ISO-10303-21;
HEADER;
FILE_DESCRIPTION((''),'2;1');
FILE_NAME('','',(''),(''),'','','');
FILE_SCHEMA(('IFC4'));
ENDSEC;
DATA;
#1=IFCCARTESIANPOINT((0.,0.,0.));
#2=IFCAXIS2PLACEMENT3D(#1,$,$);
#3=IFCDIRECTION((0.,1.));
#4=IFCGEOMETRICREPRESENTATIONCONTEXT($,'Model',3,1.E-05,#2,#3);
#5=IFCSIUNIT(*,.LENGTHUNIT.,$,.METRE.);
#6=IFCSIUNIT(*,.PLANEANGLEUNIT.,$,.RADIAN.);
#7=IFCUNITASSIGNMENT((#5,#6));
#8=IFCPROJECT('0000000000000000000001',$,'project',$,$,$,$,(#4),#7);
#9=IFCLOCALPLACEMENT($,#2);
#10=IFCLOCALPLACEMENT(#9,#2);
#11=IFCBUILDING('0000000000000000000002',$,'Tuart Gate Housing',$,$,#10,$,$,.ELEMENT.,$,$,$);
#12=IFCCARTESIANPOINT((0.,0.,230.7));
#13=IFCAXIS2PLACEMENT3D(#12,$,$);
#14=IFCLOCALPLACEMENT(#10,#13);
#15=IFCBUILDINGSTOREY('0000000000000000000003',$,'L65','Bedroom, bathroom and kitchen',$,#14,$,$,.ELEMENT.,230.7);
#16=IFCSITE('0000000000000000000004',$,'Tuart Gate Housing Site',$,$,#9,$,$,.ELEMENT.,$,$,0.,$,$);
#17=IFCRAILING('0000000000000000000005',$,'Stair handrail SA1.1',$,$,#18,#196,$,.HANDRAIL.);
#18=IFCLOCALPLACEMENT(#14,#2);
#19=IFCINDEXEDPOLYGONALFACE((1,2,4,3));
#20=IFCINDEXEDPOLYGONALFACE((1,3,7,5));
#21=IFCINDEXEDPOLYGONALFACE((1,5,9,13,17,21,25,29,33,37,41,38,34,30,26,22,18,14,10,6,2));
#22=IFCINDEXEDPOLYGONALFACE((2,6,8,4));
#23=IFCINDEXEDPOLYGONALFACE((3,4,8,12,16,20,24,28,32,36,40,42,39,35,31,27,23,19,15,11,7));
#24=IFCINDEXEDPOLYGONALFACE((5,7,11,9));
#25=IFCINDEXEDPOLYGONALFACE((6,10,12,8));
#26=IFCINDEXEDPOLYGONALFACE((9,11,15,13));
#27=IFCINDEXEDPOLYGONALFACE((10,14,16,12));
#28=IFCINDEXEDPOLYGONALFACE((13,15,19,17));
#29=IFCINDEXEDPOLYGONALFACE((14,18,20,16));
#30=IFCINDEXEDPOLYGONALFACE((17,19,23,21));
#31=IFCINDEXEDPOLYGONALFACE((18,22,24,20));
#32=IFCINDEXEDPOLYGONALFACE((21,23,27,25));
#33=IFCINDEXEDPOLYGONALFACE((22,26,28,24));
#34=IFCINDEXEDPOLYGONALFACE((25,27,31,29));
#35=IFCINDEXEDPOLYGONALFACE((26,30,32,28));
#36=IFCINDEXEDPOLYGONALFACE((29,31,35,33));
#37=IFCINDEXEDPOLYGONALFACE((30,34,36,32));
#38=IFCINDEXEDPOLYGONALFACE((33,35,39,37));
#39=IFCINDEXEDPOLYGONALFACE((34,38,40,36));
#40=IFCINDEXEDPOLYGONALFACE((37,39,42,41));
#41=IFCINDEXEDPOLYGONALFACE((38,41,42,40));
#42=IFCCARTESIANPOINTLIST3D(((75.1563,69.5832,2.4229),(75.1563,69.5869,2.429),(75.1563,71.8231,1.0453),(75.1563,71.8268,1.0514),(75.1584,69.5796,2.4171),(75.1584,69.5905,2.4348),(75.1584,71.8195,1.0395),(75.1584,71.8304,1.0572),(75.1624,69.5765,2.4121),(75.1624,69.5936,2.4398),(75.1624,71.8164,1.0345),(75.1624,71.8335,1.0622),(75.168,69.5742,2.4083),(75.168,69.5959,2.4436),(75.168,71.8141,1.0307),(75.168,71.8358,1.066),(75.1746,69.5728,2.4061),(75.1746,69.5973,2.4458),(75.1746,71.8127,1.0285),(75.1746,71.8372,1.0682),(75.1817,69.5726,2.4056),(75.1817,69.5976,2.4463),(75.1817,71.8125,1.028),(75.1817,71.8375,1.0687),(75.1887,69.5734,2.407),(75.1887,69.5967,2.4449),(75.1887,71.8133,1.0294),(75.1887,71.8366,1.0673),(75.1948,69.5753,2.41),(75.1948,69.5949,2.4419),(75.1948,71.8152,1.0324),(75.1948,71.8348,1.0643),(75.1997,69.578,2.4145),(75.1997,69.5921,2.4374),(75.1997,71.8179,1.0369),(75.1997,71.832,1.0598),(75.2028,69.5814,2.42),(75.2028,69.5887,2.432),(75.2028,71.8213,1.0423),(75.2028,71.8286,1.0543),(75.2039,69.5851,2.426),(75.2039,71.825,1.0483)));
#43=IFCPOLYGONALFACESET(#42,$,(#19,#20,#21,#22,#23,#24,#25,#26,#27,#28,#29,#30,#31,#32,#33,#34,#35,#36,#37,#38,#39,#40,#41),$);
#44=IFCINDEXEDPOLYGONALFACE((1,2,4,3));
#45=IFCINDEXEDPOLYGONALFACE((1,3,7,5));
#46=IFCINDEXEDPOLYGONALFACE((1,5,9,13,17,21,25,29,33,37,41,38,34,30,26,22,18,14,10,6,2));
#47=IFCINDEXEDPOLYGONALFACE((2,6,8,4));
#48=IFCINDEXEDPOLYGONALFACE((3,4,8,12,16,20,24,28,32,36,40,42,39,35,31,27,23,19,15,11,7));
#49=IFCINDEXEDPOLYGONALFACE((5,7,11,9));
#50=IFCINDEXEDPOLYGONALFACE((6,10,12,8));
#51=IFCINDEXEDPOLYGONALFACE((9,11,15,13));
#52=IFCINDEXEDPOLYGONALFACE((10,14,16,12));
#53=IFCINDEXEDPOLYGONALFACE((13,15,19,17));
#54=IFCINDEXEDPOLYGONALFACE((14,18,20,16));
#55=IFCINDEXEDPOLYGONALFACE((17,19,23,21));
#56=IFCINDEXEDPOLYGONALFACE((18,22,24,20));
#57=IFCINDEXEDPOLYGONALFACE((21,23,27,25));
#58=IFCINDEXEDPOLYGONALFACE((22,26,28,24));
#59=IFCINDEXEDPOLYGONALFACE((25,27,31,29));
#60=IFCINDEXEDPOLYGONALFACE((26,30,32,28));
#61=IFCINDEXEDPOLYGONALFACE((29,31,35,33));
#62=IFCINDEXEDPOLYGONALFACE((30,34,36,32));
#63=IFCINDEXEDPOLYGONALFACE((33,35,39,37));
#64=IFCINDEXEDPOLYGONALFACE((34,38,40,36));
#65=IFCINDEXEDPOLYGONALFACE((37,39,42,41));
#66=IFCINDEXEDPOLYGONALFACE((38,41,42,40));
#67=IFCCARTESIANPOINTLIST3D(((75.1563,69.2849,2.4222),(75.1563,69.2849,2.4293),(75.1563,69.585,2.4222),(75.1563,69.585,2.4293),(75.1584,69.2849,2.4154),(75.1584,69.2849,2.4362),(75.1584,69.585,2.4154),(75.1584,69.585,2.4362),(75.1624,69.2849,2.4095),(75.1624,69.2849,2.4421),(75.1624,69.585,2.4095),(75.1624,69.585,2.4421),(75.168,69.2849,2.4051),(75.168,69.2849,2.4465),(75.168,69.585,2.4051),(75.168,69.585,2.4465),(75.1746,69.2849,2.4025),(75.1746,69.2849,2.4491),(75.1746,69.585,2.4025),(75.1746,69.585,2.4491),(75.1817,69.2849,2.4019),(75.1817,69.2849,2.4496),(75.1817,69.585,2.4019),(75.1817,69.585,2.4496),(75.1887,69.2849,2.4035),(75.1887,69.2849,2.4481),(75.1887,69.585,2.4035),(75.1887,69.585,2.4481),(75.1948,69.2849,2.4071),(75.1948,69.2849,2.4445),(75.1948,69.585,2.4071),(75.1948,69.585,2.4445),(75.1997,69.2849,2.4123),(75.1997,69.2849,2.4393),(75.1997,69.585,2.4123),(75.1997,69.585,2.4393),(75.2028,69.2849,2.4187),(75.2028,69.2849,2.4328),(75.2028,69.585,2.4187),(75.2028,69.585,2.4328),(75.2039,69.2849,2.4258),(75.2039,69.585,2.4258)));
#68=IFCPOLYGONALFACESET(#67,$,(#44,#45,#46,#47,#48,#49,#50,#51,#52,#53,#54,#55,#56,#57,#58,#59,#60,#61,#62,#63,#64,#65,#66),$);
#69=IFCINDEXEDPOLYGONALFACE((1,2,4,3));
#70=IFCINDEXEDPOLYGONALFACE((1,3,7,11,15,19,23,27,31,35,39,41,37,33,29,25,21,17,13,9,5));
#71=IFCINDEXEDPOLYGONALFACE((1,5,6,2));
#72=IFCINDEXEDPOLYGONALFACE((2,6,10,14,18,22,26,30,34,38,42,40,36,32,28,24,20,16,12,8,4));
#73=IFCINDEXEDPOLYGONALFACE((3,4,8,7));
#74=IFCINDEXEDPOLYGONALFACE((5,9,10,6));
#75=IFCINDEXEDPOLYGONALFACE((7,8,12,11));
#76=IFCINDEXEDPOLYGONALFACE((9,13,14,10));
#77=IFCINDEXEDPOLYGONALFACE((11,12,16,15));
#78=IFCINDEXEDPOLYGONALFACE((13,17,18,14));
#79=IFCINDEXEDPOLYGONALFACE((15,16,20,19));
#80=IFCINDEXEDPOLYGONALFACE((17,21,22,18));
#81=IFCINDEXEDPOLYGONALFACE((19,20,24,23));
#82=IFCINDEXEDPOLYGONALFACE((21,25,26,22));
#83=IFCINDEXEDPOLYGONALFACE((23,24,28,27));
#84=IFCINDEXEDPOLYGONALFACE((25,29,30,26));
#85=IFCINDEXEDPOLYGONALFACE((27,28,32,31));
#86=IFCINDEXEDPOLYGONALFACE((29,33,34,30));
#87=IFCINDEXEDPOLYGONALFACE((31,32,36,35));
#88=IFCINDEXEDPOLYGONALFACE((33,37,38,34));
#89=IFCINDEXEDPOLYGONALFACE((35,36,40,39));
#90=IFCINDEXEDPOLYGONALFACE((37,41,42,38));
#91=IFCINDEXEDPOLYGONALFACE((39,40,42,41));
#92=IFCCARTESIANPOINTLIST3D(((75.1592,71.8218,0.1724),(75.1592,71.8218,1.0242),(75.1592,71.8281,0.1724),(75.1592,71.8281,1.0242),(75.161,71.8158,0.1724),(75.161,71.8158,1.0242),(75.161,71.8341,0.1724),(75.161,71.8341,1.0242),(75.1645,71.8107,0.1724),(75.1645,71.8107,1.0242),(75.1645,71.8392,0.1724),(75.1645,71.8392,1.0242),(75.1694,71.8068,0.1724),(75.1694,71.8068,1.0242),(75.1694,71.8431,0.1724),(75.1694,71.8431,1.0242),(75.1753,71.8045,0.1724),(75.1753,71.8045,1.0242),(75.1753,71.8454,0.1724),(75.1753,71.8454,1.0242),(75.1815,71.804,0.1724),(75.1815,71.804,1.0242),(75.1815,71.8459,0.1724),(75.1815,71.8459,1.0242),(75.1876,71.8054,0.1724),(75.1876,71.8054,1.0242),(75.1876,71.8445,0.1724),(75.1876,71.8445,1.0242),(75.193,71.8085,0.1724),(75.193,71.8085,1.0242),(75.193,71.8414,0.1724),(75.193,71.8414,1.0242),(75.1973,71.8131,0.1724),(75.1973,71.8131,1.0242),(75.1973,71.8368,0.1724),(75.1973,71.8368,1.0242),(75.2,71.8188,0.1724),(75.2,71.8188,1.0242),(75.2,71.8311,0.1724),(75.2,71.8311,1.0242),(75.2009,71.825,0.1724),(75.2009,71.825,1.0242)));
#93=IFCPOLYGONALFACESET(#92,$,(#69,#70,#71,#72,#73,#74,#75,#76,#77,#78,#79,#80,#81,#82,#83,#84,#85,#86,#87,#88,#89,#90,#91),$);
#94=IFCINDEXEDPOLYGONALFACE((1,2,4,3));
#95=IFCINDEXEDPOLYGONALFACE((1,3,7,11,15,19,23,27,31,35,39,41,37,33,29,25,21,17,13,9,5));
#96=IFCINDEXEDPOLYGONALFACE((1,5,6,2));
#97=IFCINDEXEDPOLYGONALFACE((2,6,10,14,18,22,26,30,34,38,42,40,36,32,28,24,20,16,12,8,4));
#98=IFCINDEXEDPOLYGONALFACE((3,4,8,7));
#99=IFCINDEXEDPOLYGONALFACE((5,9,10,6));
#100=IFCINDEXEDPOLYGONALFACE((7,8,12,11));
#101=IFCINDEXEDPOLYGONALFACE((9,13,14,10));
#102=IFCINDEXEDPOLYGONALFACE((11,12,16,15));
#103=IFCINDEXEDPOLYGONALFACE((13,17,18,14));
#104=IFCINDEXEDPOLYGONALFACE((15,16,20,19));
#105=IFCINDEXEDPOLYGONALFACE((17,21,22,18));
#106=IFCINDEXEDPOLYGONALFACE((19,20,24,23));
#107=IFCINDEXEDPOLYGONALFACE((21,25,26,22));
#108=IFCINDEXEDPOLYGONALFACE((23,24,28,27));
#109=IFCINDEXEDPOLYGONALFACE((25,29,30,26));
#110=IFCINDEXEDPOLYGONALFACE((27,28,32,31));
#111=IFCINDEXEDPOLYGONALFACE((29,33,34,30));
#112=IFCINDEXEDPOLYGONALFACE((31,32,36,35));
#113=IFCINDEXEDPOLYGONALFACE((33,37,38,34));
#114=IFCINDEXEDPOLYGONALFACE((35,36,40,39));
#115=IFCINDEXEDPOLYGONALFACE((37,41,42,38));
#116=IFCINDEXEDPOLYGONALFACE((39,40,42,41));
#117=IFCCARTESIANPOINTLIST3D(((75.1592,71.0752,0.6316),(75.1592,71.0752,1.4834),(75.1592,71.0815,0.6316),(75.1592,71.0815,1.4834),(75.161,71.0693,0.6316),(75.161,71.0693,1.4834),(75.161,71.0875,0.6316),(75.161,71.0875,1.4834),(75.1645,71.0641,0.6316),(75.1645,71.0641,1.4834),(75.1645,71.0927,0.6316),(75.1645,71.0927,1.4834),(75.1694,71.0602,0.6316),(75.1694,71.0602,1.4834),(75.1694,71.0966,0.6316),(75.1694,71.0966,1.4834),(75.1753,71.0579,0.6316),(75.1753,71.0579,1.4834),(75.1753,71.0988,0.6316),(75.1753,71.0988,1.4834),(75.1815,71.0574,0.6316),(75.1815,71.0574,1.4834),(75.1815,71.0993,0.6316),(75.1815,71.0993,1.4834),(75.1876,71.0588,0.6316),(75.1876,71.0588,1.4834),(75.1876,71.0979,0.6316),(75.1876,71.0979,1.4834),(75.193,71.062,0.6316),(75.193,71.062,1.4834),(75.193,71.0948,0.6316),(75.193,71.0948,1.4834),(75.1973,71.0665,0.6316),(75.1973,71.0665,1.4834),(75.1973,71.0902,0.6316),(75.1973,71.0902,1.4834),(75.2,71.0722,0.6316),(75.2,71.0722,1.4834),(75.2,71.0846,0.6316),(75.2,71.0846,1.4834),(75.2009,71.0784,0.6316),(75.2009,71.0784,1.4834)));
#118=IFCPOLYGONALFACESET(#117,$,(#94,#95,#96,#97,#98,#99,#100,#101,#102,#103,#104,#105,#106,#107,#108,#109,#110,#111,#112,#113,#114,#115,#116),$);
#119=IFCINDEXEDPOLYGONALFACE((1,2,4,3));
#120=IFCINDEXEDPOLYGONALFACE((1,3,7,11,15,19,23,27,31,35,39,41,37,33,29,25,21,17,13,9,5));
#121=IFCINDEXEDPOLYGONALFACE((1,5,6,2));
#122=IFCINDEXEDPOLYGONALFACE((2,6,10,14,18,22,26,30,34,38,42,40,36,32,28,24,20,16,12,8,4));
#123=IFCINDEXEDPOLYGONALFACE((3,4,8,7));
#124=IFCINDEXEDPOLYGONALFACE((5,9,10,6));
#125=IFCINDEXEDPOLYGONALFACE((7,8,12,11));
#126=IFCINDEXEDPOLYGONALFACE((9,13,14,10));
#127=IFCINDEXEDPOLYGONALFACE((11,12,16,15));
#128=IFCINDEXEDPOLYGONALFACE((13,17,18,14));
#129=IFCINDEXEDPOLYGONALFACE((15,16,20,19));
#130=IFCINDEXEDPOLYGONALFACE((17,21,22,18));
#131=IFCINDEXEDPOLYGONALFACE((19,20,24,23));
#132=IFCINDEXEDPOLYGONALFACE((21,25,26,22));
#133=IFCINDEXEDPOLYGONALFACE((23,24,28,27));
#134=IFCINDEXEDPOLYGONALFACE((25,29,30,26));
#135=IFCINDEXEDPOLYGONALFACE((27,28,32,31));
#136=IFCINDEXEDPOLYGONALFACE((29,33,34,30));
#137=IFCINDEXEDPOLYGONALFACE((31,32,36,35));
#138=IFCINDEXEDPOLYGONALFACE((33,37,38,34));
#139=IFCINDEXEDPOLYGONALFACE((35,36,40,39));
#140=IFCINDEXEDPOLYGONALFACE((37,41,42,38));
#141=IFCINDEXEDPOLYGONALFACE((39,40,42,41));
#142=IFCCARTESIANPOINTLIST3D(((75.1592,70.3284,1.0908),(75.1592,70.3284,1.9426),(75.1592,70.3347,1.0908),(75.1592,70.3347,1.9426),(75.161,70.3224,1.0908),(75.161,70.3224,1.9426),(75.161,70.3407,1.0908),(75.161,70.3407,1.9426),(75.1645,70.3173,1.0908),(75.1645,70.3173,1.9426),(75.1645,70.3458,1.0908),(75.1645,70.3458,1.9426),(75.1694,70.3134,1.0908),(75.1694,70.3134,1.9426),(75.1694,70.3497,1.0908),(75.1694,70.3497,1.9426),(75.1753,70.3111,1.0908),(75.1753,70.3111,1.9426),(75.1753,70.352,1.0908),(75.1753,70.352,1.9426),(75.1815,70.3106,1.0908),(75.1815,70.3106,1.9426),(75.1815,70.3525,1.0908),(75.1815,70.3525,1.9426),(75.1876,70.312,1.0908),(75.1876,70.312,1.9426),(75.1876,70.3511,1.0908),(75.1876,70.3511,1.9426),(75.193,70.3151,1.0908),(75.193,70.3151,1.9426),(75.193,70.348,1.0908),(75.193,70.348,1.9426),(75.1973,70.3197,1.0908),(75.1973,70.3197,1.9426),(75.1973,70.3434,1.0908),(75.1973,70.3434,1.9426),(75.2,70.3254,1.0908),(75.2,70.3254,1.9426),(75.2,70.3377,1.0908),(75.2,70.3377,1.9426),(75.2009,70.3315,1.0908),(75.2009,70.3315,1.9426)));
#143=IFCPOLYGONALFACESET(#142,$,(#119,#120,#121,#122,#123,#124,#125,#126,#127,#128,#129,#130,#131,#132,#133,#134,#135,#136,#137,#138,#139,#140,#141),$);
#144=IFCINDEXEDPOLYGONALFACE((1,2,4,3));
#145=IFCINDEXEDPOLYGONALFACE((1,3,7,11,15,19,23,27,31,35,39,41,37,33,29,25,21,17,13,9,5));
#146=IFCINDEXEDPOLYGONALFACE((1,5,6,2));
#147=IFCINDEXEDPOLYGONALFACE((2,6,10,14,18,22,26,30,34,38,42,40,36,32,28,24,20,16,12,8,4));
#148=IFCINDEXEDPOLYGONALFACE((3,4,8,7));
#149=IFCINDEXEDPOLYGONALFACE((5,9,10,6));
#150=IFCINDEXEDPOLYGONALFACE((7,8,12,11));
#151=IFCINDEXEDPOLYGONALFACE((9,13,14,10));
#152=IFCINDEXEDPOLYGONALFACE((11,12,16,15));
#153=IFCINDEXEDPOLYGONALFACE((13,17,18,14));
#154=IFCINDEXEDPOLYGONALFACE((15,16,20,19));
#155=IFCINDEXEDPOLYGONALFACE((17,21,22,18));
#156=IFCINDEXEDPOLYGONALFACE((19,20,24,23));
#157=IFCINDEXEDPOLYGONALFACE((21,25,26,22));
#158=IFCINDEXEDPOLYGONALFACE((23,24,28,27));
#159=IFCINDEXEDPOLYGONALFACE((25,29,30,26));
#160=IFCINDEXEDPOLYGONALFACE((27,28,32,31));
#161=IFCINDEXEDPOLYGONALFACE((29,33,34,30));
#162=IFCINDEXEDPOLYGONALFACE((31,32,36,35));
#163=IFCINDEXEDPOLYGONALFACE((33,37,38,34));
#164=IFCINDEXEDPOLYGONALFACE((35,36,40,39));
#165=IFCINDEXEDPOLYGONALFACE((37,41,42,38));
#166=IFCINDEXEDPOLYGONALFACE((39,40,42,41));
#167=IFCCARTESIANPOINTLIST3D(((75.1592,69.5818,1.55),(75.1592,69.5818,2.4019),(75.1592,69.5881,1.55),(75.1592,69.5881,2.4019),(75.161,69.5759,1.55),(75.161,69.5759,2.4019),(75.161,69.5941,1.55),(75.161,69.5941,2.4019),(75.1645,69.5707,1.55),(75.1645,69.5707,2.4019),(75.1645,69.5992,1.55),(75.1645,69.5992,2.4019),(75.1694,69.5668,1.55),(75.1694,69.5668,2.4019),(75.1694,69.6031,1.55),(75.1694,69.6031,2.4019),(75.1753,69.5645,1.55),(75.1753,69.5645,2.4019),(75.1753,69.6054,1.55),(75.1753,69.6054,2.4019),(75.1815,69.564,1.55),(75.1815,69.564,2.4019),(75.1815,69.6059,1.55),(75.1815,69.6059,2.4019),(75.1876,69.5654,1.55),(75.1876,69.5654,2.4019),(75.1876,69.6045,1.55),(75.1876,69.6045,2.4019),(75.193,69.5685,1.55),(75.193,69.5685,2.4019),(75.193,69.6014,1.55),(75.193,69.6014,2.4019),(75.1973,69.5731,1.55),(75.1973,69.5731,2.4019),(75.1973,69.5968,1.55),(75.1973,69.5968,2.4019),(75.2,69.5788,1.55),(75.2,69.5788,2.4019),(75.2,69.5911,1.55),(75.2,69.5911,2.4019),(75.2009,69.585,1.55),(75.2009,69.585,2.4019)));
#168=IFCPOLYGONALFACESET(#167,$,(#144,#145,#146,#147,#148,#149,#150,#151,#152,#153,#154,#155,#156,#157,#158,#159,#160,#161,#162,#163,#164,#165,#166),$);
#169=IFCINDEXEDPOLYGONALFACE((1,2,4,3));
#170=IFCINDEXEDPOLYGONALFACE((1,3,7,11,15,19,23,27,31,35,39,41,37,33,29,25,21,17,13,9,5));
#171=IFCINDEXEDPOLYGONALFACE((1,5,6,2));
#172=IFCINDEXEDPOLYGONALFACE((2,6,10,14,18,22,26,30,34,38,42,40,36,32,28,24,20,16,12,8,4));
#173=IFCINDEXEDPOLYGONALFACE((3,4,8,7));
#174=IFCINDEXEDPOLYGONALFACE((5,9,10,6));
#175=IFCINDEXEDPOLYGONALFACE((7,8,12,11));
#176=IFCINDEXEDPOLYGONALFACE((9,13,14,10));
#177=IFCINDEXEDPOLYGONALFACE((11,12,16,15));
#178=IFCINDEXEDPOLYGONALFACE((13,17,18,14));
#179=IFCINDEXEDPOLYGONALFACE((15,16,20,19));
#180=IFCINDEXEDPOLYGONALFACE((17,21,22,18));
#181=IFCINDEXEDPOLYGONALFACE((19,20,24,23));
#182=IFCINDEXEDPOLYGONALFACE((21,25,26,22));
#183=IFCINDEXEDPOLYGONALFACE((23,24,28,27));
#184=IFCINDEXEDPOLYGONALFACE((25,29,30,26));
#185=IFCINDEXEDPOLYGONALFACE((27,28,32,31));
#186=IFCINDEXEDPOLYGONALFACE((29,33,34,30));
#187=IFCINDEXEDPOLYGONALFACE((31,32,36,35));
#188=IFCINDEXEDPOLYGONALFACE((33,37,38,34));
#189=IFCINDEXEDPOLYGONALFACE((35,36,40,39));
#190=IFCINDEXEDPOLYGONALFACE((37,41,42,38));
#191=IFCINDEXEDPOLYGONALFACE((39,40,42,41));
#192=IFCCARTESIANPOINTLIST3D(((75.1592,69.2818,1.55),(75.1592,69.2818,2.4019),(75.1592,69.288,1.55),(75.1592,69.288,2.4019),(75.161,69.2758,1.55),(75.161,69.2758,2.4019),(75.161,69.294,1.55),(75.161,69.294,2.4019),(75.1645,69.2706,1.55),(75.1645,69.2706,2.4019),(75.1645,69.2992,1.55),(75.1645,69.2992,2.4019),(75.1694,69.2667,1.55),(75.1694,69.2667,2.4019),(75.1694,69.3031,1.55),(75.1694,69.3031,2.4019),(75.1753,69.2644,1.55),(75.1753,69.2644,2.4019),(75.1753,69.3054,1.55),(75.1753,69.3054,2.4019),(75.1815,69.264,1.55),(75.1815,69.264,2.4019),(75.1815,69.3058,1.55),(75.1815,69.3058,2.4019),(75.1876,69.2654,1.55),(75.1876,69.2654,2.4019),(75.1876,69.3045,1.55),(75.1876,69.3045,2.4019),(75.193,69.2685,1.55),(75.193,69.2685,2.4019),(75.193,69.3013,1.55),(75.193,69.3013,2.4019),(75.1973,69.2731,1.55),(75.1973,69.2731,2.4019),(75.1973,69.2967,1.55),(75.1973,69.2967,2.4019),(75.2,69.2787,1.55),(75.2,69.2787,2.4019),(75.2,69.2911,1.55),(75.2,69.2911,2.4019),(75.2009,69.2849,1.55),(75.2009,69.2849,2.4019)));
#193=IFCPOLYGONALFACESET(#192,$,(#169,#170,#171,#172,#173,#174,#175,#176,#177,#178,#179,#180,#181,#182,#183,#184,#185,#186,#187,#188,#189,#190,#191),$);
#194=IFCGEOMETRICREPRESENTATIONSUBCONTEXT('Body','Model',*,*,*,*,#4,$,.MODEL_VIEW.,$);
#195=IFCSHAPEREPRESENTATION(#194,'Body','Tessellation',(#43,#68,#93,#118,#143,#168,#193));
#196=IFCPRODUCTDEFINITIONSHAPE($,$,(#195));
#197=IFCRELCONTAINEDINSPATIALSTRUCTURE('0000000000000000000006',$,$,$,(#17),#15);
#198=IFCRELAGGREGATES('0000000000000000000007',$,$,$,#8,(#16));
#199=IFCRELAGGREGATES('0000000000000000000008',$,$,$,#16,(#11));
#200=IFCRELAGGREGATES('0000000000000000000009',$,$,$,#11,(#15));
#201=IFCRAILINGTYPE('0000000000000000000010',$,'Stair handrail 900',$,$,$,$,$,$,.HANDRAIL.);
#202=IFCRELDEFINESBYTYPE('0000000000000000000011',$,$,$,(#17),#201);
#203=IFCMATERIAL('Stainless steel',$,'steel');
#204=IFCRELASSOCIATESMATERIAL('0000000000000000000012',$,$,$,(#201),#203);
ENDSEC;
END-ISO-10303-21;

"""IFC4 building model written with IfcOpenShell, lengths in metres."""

from ifc_helpers import new_model, si_unit, direction, frame, origin, origin_2d, place, context, subcontext, project, spatial, circle, extrude, material, type_object, element, save


model = new_model("IFC4")

# Units and contexts
model_context = context("Model", 3, precision=1e-05, world=origin(), true_north=direction((0.0, 1.0)))
body_context = subcontext(model_context, "Body", "Model", "MODEL_VIEW")
ifc_project = project(units=[si_unit("LENGTHUNIT", "METRE"), si_unit("PLANEANGLEUNIT", "RADIAN")], contexts=[model_context])

# Site, building, storey
site_placement = place(None, origin())
site = spatial("IfcSite", under=ifc_project, at=site_placement, Name="Tuart Gate Housing Site", CompositionType="ELEMENT", RefElevation=0.0)
building_placement = place(site_placement, origin())
building = spatial("IfcBuilding", under=site, at=building_placement, Name="Tuart Gate Housing", CompositionType="ELEMENT")
storey_placement = place(building_placement, frame((0.0, 0.0, 230.7)))
storey = spatial("IfcBuildingStorey", under=building, at=storey_placement, Name="L65", Description="Bedroom, bathroom and kitchen", CompositionType="ELEMENT", Elevation=230.7)

# Railing
ifc_material_1 = material(Name="Stainless steel", Category="steel")
railing_type = type_object("IfcRailingType", Name="Stair handrail 900", PredefinedType="HANDRAIL", material=ifc_material_1)
railing_placement = place(storey_placement, frame((75.1799, 71.825, 0.1724)))
element("IfcRailing", 1, at=railing_placement, inside=storey, type_object=railing_type, Name="Stair handrail SA1.1", PredefinedType="HANDRAIL", context=body_context, shape_type="SweptSolid", body=[
    extrude(circle(Radius=0.0239, at=origin_2d()), frame((0.0, 0.0, 0.876), z_axis=(0.0, -0.851789, 0.523885), x_axis=(1.0, 0.0, 0.0)), (0.0, 0.0, 1.0), 2.6296),
    extrude(circle(Radius=0.0239, at=origin_2d()), frame((0.0, -2.24, 2.2534), z_axis=(0.0, -1.0, 0.0), x_axis=(1.0, 0.0, 0.0)), (0.0, 0.0, 1.0), 0.3),
    extrude(circle(Radius=0.021, at=origin_2d()), origin(), (0.0, 0.0, 1.0), 0.8518),
    extrude(circle(Radius=0.021, at=origin_2d()), frame((0.0, -0.7466, 0.4592)), (0.0, 0.0, 1.0), 0.8518),
    extrude(circle(Radius=0.021, at=origin_2d()), frame((0.0, -1.4934, 0.9185)), (0.0, 0.0, 1.0), 0.8518),
    extrude(circle(Radius=0.021, at=origin_2d()), frame((0.0, -2.24, 1.3777)), (0.0, 0.0, 1.0), 0.8518),
    extrude(circle(Radius=0.021, at=origin_2d()), frame((0.0, -2.54, 1.3777)), (0.0, 0.0, 1.0), 0.8518),
])

save(model, "model.ifc")
